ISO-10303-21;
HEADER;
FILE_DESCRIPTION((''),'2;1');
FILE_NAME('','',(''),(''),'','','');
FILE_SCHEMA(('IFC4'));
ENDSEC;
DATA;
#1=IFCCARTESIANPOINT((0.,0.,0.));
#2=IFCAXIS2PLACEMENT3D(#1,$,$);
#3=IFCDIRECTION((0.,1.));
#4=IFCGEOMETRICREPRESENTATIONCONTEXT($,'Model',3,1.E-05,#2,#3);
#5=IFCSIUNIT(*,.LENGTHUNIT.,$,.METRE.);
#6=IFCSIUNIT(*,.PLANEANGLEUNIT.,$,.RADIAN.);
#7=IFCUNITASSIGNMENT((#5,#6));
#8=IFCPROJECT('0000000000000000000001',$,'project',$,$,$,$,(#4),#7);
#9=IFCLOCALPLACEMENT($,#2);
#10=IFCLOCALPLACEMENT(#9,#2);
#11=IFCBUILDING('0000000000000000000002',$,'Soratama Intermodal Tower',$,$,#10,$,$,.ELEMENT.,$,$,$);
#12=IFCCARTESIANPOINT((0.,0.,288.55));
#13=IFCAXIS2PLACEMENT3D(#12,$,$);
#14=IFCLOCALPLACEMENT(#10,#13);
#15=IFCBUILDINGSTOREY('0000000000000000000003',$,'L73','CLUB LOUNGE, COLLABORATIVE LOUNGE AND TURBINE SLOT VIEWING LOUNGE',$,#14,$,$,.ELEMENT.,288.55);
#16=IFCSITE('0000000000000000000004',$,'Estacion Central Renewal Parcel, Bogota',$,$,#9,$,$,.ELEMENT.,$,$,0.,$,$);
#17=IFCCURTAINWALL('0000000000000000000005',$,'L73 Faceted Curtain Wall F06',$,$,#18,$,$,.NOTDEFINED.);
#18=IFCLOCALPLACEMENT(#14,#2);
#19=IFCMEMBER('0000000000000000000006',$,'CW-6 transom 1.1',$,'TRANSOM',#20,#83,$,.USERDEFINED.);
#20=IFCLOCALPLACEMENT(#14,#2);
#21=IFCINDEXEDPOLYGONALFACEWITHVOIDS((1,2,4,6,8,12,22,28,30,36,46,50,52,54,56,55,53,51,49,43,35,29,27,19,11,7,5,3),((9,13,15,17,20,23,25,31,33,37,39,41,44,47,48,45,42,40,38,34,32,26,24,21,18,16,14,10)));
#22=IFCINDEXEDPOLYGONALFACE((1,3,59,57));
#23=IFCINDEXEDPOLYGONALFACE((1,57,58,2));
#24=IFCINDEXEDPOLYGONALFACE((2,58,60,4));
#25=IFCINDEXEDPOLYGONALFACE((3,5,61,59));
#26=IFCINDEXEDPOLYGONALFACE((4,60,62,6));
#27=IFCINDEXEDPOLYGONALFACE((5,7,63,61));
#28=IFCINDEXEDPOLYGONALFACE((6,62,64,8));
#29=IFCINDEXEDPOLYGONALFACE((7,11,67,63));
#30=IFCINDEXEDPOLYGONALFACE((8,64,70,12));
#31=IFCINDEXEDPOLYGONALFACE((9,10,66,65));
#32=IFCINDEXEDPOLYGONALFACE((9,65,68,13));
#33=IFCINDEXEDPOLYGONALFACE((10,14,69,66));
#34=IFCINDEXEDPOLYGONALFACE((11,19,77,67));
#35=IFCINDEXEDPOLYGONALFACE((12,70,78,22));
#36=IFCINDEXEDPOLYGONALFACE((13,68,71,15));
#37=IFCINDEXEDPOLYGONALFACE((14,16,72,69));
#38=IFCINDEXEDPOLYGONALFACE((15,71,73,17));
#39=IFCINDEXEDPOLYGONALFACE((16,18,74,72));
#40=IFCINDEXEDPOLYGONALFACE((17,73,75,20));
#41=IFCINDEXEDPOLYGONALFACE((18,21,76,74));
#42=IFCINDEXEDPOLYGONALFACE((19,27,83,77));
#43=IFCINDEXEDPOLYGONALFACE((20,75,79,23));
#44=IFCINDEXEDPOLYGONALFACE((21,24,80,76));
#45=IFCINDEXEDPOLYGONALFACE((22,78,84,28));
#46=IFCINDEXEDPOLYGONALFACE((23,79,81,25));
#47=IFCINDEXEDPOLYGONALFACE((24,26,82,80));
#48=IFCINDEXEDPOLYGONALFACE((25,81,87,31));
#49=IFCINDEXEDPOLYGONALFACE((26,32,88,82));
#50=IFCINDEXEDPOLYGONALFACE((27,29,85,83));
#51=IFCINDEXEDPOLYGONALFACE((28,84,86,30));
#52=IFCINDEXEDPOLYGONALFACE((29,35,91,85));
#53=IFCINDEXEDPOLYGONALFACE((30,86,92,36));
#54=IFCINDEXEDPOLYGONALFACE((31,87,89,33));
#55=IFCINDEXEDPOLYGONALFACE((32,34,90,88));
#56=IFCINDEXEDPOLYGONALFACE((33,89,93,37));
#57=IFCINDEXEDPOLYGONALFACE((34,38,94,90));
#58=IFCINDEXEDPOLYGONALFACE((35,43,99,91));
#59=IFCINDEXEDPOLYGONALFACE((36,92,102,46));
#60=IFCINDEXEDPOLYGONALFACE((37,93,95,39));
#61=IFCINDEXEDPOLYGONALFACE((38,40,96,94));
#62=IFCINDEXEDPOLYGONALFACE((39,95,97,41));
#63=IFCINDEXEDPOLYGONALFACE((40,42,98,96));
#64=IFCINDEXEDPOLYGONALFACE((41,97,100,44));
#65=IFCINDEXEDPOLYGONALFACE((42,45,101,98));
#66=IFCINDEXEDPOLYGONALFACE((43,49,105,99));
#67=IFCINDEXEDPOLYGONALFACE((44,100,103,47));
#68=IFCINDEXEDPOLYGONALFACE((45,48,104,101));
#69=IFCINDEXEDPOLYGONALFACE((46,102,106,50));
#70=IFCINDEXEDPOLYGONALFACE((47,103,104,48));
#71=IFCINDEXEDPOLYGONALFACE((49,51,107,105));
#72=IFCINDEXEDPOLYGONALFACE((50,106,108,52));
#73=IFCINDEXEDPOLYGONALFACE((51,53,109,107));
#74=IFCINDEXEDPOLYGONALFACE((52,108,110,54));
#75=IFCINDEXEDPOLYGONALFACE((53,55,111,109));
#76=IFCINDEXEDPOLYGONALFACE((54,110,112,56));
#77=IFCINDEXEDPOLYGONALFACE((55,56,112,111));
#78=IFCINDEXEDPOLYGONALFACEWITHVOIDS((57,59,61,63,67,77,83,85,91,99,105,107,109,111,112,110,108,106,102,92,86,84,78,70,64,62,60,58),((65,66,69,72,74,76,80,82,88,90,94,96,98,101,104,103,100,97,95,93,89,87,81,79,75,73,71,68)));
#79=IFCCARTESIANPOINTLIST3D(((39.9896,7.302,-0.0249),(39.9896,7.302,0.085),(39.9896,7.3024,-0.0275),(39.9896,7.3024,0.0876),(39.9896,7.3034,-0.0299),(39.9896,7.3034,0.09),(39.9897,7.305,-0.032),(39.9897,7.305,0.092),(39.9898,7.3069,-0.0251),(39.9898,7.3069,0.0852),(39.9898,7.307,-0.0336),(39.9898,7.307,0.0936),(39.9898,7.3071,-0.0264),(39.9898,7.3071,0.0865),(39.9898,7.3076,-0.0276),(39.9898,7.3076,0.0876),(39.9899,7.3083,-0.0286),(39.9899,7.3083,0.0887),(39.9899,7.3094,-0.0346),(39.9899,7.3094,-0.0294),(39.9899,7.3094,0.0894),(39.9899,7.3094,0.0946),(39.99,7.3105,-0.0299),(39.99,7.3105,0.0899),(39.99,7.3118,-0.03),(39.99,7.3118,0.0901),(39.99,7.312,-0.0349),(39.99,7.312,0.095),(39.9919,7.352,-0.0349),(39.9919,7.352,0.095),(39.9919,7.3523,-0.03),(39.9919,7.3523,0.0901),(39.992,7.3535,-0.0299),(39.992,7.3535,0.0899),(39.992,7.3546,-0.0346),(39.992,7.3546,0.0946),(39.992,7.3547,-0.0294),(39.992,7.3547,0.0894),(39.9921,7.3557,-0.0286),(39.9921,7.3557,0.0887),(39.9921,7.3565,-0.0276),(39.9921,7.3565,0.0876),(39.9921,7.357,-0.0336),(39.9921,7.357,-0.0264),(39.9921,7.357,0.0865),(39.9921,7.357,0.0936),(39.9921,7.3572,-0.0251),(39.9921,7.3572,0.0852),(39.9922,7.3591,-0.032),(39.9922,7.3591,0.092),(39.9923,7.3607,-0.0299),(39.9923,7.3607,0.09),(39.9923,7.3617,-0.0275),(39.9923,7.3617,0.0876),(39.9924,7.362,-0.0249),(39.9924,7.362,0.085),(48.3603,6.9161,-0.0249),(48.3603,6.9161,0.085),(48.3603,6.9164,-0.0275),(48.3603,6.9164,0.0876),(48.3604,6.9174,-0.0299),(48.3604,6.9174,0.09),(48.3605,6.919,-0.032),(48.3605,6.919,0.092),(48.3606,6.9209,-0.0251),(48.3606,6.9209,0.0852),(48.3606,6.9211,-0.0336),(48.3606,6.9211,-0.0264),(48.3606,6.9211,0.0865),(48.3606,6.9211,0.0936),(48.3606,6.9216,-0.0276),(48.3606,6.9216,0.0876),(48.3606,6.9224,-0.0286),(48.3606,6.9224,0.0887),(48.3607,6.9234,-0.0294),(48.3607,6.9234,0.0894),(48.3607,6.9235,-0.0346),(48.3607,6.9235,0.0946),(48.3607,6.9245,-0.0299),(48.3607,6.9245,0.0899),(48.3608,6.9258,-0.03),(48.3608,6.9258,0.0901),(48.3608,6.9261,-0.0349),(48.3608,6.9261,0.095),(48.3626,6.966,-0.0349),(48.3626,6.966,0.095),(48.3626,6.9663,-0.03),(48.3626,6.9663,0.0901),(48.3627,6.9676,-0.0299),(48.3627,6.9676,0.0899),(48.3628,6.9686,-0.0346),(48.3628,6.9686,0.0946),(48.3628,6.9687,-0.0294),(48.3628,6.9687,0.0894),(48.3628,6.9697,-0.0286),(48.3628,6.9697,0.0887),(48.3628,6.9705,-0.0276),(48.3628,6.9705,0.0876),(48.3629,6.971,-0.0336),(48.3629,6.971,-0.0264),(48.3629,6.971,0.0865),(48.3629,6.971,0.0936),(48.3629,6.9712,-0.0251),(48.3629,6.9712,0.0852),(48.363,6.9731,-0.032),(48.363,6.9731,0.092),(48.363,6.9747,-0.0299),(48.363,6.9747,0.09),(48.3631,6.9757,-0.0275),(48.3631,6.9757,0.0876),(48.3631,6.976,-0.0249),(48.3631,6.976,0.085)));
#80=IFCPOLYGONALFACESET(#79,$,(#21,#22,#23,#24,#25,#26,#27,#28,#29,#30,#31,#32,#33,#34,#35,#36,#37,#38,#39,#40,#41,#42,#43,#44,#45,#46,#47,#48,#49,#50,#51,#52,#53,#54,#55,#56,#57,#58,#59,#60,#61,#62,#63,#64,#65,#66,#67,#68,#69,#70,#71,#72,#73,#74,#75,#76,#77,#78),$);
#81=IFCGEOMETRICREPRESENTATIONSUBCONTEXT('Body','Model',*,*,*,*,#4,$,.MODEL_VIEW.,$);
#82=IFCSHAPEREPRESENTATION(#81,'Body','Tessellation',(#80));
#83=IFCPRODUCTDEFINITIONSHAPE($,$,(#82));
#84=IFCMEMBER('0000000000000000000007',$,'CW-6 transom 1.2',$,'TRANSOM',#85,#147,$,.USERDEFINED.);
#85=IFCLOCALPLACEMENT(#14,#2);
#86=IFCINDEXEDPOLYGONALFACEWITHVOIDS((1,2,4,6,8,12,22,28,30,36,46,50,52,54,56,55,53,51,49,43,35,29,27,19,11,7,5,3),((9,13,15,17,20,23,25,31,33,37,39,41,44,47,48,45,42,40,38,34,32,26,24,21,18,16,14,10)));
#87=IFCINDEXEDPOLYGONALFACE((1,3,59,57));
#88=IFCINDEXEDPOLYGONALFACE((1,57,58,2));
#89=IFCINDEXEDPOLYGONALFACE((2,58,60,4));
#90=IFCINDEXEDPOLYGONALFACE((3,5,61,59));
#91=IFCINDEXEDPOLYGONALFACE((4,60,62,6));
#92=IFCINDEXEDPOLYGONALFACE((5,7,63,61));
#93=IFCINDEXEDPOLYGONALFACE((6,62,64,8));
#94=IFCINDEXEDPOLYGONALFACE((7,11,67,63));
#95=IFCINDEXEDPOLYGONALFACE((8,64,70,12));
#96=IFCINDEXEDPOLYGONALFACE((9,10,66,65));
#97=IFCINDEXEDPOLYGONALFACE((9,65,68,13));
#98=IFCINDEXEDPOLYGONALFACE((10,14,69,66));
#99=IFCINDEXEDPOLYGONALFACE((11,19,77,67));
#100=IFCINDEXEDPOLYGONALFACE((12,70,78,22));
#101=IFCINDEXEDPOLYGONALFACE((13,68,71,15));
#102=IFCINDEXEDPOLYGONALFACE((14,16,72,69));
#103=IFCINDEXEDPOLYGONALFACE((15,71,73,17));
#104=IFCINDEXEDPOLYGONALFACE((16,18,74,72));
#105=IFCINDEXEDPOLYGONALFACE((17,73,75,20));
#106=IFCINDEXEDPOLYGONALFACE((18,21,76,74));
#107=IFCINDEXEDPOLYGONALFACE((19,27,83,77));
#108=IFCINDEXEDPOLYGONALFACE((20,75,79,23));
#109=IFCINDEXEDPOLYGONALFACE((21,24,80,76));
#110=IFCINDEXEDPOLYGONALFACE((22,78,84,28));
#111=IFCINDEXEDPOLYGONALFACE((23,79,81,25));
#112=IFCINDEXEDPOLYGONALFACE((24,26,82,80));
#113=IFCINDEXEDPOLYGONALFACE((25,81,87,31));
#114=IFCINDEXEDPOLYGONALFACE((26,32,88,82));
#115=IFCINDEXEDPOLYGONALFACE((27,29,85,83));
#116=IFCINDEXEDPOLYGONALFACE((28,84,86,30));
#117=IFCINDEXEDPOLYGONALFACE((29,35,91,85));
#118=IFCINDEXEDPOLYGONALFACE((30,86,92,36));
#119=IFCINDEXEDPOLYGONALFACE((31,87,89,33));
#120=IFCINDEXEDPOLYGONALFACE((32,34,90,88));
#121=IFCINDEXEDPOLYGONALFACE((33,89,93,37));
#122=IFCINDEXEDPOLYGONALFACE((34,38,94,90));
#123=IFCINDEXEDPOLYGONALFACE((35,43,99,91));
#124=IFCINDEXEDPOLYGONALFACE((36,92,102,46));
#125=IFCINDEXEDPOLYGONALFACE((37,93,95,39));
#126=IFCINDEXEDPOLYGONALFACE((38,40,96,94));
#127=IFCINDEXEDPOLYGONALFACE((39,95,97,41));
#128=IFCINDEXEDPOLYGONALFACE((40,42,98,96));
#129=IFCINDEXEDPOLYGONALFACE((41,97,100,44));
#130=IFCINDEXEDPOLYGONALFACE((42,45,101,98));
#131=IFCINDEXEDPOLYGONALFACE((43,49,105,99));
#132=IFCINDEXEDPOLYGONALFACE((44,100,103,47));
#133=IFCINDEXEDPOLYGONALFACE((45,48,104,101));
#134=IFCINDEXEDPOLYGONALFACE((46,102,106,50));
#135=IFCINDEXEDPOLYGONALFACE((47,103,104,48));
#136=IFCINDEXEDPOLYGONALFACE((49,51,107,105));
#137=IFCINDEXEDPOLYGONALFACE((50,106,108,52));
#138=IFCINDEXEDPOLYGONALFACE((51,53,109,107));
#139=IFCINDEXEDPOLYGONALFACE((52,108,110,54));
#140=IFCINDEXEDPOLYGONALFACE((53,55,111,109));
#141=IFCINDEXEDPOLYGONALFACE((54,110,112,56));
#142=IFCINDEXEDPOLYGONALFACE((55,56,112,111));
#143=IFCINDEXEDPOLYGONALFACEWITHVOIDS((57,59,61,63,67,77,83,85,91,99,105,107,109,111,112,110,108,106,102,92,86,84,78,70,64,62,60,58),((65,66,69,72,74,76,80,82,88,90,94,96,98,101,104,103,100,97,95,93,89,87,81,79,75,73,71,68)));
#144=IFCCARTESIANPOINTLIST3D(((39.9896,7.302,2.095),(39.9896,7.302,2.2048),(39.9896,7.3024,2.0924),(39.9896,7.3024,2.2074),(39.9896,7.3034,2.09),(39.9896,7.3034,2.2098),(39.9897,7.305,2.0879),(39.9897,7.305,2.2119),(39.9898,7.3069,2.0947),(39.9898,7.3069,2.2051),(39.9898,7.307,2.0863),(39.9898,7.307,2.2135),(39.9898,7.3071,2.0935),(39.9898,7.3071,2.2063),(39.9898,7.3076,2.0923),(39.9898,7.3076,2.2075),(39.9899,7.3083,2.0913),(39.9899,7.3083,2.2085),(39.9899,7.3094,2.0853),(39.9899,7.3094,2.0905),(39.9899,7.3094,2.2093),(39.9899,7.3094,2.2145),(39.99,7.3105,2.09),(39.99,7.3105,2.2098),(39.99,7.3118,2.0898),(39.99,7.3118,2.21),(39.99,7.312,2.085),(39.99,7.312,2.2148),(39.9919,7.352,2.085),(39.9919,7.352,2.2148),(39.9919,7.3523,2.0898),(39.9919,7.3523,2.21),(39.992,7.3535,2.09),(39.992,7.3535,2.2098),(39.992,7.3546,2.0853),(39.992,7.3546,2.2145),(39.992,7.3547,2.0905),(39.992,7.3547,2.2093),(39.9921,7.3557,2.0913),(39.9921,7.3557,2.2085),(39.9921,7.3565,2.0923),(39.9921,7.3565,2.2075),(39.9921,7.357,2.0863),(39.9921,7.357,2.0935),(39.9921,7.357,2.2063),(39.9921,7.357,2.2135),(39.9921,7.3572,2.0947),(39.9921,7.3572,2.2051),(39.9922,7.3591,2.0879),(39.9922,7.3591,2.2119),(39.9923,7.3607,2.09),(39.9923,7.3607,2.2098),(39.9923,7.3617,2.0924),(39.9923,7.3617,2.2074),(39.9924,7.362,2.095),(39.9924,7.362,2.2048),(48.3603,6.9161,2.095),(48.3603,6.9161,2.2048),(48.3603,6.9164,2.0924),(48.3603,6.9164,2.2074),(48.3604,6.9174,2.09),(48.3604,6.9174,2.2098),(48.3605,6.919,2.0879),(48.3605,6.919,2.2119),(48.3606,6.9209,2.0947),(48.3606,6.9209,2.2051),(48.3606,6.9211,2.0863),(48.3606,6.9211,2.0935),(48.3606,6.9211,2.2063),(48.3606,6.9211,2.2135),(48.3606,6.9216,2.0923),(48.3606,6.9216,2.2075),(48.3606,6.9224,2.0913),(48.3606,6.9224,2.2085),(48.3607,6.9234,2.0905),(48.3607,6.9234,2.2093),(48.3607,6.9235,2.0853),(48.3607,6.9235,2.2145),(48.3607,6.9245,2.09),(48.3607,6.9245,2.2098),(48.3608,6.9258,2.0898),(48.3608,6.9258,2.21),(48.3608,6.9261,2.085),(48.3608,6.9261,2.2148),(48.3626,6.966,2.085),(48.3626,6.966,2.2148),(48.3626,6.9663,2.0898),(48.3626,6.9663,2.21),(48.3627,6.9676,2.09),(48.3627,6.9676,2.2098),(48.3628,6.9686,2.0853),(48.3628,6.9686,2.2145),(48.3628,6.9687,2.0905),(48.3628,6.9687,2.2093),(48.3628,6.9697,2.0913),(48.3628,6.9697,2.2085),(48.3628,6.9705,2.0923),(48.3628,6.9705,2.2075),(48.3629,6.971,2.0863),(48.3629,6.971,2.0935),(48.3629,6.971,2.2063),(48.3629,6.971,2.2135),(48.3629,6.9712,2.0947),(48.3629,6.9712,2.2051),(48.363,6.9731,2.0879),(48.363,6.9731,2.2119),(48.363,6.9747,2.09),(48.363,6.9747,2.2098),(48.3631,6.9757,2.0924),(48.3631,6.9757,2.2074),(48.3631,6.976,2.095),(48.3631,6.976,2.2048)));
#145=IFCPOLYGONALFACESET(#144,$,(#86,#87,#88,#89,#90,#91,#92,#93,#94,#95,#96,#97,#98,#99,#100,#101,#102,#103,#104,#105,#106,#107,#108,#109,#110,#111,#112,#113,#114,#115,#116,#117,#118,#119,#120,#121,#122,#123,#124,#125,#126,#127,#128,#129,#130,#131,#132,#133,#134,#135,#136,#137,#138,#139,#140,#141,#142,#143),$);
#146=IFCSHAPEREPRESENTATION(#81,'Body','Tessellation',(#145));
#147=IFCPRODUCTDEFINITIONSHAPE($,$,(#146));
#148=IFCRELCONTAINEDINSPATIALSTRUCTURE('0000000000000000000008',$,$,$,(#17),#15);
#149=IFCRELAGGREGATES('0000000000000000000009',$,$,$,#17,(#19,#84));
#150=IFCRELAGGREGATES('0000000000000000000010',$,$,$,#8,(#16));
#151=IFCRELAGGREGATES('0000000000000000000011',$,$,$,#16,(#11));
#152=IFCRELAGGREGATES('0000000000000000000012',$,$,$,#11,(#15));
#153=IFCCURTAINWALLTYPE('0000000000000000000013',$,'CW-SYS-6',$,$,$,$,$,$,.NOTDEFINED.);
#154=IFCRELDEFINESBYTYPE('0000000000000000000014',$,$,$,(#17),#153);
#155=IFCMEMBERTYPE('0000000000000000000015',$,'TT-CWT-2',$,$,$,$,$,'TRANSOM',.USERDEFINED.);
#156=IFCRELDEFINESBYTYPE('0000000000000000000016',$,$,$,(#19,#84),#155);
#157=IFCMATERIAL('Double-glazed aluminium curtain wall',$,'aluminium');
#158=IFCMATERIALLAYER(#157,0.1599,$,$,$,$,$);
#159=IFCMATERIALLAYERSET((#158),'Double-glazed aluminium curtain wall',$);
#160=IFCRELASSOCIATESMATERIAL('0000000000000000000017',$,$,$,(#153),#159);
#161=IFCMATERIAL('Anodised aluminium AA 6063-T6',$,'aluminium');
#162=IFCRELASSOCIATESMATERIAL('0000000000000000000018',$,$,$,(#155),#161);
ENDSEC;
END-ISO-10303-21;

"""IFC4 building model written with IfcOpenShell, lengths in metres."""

from ifc_helpers import new_model, si_unit, direction, frame, origin, origin_2d, place, context, subcontext, project, spatial, hollow_rectangle, extrude, material, layer, layer_set, material_profile, profile_set, type_object, element, aggregate, save


model = new_model("IFC4")

# Units and contexts
model_context = context("Model", 3, precision=1e-05, world=origin(), true_north=direction((0.0, 1.0)))
body_context = subcontext(model_context, "Body", "Model", "MODEL_VIEW")
ifc_project = project(units=[si_unit("LENGTHUNIT", "METRE"), si_unit("PLANEANGLEUNIT", "RADIAN")], contexts=[model_context])

# Site, building, storey
site_placement = place(None, origin())
site = spatial("IfcSite", under=ifc_project, at=site_placement, Name="Estacion Central Renewal Parcel, Bogota", CompositionType="ELEMENT", RefElevation=0.0)
building_placement = place(site_placement, origin())
building = spatial("IfcBuilding", under=site, at=building_placement, Name="Soratama Intermodal Tower", CompositionType="ELEMENT")
storey_placement = place(building_placement, frame((0.0, 0.0, 288.55)))
storey = spatial("IfcBuildingStorey", under=building, at=storey_placement, Name="L73", Description="CLUB LOUNGE, COLLABORATIVE LOUNGE AND TURBINE SLOT VIEWING LOUNGE", CompositionType="ELEMENT", Elevation=288.55)

# Shared definitions
ifc_material_1 = material(Name="Double-glazed aluminium curtain wall", Category="aluminium")
ifc_layer_1 = layer(ifc_material_1, 0.1599)
ifc_layer_set_1 = layer_set([ifc_layer_1], Name="Double-glazed aluminium curtain wall")
curtain_wall_type = type_object("IfcCurtainWallType", Name="CW-SYS-6", PredefinedType="NOTDEFINED", material=ifc_layer_set_1)

# Curtain wall, members
curtain_wall_1_placement = place(storey_placement, origin())
curtain_wall_1 = element("IfcCurtainWall", 1, at=curtain_wall_1_placement, inside=storey, type_object=curtain_wall_type, Name="L73 Faceted Curtain Wall F06", PredefinedType="NOTDEFINED")
ifc_material_2 = material(Name="Anodised aluminium AA 6063-T6", Category="aluminium")
ifc_material_profile_1 = material_profile(ifc_material_2, hollow_rectangle(XDim=0.0601, YDim=0.1299, WallThickness=0.0049, InnerFilletRadius=0.0049, OuterFilletRadius=0.01, at=origin_2d()), Name="CWT130X60X5")
ifc_profile_set_1 = profile_set([ifc_material_profile_1], Name="Anodised aluminium AA 6063-T6")
member_type_1 = type_object("IfcMemberType", Name="TT-CWT-2", ElementType="TRANSOM", PredefinedType="USERDEFINED", material=ifc_profile_set_1)
member_1_placement = place(storey_placement, frame((39.991, 7.332, 0.03), z_axis=(0.998939, -0.046062, 0.0), x_axis=(0.046062, 0.998939, 0.0)))
member_1 = element("IfcMember", 2, at=member_1_placement, type_object=member_type_1, Name="CW-6 transom 1.1", ObjectType="TRANSOM", PredefinedType="USERDEFINED", context=body_context, shape_type="SweptSolid", body=[
    extrude(hollow_rectangle(XDim=0.0601, YDim=0.1299, WallThickness=0.0049, InnerFilletRadius=0.0049, OuterFilletRadius=0.01, at=origin_2d()), origin(), (0.0, 0.0, 1.0), 8.3796),
])
member_2_placement = place(storey_placement, frame((39.991, 7.332, 2.1499), z_axis=(0.998939, -0.046062, 0.0), x_axis=(0.046062, 0.998939, 0.0)))
member_2 = element("IfcMember", 3, at=member_2_placement, type_object=member_type_1, Name="CW-6 transom 1.2", ObjectType="TRANSOM", PredefinedType="USERDEFINED", context=body_context, shape_type="SweptSolid", body=[
    extrude(hollow_rectangle(XDim=0.0601, YDim=0.1299, WallThickness=0.0049, InnerFilletRadius=0.0049, OuterFilletRadius=0.01, at=origin_2d()), origin(), (0.0, 0.0, 1.0), 8.3796),
])
aggregate(curtain_wall_1, [member_1, member_2])

save(model, "model.ifc")
